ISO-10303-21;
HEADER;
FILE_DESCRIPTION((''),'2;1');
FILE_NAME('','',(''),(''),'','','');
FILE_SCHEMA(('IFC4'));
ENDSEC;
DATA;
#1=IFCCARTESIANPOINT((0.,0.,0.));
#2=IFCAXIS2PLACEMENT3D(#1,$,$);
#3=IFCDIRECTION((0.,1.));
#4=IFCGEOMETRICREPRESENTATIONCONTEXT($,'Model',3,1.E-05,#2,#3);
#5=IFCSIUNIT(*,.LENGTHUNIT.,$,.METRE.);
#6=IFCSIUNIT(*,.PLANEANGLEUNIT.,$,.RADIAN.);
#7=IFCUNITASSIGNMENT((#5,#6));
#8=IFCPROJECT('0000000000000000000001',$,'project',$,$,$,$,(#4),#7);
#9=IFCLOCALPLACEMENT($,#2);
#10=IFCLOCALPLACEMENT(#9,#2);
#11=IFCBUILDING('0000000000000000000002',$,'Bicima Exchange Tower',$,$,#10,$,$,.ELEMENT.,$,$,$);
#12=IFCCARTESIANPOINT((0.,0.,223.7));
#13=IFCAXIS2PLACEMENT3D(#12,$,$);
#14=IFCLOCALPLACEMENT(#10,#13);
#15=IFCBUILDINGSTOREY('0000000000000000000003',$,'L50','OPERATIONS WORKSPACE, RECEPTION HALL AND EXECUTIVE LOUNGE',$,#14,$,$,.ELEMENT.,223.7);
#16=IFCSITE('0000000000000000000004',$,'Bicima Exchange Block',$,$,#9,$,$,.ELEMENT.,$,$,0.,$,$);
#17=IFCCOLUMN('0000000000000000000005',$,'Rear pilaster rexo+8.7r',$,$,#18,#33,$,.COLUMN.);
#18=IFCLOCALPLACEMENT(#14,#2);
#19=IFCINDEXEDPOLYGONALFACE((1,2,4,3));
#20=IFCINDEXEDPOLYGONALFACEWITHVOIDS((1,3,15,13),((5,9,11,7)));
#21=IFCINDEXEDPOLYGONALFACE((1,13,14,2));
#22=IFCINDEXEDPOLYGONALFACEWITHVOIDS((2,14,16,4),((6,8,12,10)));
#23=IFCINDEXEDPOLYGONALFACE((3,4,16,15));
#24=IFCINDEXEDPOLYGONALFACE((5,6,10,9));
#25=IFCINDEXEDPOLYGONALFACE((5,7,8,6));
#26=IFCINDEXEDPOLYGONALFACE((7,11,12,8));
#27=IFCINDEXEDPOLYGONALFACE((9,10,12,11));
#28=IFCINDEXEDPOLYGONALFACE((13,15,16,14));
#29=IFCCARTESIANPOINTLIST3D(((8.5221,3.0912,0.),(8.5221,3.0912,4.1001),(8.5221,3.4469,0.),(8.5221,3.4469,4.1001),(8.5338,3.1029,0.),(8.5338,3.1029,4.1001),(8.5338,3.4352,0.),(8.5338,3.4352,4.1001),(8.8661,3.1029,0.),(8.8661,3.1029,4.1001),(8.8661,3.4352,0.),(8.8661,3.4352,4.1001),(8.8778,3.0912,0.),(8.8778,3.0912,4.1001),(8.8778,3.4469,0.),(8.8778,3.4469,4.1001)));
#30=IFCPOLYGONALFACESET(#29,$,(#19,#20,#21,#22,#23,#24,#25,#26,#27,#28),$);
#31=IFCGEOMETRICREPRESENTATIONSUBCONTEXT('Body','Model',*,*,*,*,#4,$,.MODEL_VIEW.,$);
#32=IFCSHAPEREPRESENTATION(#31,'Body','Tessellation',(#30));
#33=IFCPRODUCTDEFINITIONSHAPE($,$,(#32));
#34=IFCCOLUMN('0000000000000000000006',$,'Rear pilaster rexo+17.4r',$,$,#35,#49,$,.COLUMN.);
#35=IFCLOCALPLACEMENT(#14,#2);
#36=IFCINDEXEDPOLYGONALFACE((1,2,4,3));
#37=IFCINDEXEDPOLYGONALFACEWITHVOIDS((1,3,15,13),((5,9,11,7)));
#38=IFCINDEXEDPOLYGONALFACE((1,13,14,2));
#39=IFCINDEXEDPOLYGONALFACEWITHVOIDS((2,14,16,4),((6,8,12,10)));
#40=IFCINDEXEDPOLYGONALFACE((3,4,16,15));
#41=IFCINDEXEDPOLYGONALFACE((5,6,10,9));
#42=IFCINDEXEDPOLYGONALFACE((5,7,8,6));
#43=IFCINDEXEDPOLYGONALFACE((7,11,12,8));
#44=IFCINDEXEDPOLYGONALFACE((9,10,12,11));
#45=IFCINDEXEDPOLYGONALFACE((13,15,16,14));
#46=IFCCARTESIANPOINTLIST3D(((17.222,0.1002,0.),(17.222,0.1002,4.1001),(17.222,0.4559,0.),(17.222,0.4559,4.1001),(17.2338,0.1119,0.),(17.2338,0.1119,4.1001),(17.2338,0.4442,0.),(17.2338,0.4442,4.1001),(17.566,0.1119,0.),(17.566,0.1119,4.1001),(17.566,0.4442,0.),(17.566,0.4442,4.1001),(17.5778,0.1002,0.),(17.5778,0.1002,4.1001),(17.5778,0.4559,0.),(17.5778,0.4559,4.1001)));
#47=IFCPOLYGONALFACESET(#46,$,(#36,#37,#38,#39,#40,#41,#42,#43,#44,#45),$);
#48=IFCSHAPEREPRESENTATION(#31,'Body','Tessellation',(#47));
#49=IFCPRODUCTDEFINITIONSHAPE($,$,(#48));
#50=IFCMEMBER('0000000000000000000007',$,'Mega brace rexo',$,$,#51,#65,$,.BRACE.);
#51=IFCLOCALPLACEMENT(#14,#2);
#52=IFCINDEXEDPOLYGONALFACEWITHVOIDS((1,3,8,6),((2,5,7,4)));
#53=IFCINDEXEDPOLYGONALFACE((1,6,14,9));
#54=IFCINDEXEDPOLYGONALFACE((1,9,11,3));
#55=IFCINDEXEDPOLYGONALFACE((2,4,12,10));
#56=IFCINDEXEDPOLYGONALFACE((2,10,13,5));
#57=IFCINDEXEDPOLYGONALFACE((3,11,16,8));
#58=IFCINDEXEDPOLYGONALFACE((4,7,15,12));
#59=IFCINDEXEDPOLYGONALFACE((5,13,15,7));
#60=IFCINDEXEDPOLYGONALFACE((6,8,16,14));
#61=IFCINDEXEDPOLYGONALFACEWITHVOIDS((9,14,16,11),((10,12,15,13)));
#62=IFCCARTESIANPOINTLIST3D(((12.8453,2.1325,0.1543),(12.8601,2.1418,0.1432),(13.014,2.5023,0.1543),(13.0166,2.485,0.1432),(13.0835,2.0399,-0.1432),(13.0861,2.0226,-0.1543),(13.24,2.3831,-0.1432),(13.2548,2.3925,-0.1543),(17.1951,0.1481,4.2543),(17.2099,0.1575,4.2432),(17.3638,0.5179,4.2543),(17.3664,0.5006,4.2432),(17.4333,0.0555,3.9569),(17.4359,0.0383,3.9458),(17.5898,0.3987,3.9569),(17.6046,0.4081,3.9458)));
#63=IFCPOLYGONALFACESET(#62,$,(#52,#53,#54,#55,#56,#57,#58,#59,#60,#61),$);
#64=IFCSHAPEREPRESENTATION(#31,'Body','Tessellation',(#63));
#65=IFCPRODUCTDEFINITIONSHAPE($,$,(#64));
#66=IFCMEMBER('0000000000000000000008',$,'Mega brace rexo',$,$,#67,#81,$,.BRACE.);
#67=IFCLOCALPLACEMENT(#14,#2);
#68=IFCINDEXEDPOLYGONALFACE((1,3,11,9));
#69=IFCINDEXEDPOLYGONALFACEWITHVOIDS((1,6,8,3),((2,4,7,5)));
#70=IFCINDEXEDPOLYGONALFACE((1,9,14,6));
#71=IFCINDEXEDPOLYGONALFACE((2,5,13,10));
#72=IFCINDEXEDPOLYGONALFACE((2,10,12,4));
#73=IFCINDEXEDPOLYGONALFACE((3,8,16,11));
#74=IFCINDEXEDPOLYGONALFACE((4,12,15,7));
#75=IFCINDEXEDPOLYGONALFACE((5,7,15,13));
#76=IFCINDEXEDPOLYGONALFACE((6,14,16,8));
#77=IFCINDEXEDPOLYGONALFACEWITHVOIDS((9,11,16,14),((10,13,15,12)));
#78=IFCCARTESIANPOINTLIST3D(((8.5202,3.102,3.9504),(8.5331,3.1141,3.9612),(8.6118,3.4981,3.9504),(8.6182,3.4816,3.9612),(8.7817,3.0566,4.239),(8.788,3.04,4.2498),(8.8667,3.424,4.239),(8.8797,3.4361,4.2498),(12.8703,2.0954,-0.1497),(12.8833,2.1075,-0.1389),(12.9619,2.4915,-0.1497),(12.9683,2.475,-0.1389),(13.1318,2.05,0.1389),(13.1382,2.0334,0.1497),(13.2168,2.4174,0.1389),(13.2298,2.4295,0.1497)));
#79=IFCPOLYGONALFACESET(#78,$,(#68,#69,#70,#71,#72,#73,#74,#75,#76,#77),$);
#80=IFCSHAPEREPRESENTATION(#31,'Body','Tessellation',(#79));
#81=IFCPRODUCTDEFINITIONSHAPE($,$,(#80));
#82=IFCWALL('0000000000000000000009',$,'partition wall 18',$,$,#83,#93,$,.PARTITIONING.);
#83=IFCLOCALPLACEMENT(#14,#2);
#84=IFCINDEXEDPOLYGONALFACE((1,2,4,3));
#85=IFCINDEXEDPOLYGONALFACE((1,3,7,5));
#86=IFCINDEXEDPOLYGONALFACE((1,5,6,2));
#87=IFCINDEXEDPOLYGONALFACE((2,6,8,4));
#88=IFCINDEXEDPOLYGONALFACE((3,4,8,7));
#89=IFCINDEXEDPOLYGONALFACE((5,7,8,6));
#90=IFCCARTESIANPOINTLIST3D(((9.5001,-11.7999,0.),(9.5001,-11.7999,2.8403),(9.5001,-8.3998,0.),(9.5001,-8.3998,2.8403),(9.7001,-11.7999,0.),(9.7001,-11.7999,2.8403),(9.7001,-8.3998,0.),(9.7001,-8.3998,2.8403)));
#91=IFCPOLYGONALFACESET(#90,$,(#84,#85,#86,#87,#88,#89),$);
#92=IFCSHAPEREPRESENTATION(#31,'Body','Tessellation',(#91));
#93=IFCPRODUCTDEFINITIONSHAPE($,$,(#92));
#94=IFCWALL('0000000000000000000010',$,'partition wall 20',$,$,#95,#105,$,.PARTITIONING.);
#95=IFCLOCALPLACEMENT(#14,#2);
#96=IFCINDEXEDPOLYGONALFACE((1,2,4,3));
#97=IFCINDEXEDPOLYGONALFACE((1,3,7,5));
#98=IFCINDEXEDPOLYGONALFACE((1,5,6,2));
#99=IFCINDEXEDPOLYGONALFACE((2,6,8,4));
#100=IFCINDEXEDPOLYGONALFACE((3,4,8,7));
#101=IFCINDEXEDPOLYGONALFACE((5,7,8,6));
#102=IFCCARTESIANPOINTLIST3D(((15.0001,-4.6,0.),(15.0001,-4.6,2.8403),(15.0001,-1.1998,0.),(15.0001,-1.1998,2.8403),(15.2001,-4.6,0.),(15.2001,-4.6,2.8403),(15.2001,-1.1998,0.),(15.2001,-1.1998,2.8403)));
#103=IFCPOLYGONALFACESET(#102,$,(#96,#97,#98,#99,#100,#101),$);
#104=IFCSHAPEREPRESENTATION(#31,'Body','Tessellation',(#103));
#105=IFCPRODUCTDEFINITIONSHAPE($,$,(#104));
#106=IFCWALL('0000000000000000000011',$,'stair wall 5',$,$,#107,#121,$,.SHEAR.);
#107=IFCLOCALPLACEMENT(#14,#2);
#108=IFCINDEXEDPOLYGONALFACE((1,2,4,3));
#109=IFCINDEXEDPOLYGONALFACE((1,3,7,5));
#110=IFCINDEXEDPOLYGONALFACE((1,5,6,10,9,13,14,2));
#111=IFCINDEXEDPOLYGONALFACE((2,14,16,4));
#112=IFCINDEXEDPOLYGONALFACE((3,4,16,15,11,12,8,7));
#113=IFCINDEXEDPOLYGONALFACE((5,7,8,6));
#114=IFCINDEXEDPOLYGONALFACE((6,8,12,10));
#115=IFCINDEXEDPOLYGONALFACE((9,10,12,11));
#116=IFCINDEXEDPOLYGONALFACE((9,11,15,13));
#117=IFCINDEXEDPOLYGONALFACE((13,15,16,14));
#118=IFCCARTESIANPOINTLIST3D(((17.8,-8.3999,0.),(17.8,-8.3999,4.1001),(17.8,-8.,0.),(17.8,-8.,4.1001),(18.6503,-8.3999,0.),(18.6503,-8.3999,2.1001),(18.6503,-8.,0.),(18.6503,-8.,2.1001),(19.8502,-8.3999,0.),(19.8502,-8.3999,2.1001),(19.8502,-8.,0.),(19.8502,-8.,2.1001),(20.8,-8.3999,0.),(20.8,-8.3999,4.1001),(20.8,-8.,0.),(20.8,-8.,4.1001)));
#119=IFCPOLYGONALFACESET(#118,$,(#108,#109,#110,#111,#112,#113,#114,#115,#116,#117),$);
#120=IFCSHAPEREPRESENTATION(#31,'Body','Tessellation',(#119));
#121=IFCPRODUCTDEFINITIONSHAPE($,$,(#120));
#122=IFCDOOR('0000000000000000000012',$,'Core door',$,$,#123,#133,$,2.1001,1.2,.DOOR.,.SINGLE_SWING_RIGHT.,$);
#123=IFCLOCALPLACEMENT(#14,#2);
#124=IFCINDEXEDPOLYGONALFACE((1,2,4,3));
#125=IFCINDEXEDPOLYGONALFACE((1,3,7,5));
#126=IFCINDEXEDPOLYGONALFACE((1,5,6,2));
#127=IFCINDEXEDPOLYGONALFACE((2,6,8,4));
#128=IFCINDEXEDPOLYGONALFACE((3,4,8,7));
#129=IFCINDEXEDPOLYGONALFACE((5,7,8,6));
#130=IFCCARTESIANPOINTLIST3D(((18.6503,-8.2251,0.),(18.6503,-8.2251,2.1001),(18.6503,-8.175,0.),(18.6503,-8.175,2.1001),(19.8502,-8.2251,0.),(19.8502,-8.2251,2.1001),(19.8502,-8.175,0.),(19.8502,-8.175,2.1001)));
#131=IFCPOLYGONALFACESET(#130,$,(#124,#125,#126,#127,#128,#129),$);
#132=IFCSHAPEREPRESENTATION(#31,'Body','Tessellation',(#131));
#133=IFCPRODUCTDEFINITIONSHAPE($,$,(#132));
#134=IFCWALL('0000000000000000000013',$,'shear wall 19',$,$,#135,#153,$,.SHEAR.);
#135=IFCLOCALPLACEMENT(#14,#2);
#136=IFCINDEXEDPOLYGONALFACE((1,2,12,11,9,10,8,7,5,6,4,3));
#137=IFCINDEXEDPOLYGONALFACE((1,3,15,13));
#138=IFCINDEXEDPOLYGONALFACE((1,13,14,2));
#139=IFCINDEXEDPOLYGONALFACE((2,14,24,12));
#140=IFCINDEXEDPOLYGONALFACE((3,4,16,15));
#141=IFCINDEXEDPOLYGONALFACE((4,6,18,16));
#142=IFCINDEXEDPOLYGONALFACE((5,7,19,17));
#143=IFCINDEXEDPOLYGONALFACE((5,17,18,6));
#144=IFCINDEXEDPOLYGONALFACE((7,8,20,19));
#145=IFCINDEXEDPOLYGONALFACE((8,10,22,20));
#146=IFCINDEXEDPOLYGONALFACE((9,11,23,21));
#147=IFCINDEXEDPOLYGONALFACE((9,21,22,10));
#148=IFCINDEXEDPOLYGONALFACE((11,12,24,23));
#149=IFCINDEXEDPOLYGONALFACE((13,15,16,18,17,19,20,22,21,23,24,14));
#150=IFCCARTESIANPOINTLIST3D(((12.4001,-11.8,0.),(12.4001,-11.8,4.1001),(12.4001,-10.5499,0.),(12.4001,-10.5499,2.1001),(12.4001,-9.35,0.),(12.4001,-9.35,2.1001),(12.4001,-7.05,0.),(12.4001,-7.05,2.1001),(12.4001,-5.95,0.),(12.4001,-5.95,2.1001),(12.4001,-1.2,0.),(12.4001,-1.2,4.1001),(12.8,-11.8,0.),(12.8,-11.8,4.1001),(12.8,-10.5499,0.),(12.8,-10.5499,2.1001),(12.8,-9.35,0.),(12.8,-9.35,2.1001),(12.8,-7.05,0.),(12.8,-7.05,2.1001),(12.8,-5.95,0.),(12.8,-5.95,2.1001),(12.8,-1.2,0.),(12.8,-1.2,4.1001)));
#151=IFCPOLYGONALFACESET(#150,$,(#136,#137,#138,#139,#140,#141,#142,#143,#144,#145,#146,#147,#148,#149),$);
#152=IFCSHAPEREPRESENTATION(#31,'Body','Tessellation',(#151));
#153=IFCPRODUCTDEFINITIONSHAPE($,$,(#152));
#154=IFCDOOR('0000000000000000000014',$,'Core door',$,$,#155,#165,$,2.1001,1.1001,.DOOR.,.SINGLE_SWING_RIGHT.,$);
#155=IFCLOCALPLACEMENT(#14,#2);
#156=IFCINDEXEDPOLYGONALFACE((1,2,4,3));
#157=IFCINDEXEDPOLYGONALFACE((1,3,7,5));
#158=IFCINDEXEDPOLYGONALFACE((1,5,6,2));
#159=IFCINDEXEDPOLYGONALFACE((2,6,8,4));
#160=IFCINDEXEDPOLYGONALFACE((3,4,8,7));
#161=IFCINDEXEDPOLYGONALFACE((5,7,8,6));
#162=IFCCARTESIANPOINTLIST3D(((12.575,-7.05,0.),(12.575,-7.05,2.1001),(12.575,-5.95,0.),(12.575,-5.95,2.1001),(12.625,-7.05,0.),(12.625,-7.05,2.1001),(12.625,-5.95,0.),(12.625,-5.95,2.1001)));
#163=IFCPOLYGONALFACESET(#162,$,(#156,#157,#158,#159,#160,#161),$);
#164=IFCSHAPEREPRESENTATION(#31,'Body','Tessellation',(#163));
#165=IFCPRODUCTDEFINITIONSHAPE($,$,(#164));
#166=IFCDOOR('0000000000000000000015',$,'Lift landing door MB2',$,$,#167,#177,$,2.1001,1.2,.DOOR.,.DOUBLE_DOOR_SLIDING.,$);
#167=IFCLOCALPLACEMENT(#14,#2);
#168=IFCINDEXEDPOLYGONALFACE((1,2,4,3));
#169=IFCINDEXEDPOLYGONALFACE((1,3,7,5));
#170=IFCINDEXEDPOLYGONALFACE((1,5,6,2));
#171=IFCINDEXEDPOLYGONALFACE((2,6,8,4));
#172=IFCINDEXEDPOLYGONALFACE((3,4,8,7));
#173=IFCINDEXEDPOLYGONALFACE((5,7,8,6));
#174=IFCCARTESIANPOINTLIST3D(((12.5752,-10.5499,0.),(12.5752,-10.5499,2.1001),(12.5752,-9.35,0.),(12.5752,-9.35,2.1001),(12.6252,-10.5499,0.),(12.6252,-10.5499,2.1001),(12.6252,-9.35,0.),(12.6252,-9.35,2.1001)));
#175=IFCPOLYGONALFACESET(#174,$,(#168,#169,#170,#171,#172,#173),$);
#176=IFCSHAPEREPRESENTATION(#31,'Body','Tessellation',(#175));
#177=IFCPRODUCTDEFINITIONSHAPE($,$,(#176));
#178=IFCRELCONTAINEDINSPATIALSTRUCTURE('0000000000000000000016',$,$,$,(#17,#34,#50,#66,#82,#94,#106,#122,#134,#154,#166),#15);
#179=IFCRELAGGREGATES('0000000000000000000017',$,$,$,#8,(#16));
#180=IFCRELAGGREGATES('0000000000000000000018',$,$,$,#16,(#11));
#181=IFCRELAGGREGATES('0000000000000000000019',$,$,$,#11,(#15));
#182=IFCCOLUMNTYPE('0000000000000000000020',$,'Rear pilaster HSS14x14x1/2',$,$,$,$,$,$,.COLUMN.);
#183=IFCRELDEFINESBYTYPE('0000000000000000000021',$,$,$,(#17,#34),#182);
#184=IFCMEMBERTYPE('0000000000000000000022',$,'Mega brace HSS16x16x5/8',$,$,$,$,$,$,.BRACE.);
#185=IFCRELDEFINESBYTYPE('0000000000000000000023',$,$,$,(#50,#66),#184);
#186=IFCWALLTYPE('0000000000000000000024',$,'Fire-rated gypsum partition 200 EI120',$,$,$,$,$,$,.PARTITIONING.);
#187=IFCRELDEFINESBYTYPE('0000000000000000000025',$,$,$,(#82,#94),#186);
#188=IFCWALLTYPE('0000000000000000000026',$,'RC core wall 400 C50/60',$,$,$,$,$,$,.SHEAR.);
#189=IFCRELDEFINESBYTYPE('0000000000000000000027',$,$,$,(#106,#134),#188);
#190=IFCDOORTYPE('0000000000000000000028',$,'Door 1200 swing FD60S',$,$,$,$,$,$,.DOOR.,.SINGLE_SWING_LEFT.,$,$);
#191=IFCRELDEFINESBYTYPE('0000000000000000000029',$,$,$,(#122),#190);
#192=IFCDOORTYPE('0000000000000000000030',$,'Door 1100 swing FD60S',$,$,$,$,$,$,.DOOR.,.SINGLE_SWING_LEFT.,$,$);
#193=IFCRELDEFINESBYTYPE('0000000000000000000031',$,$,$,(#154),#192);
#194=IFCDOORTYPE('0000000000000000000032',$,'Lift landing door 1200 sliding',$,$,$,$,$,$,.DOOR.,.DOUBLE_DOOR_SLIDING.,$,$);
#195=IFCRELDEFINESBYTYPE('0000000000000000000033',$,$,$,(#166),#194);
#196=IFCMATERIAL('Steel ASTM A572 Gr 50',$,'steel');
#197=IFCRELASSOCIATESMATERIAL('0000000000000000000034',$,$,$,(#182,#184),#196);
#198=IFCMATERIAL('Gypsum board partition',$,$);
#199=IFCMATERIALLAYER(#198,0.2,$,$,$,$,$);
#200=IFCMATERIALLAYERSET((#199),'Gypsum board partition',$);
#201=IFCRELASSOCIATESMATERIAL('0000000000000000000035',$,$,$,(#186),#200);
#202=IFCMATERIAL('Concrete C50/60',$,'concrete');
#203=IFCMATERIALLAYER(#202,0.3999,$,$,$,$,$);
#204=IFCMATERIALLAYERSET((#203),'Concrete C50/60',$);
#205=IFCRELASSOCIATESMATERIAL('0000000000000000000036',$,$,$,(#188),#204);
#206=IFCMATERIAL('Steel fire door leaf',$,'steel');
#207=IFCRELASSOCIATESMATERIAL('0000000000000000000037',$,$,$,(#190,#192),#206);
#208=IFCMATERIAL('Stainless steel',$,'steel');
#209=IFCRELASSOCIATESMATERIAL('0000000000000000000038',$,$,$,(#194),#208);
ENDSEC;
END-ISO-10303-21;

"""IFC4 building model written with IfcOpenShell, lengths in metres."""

from ifc_helpers import new_model, si_unit, direction, frame, frame_2d, origin, origin_2d, place, context, subcontext, project, spatial, rectangle, hollow_rectangle, extrude, material, layer, layer_set, material_profile, profile_set, type_object, element, fill, save


model = new_model("IFC4")

# Units and contexts
model_context = context("Model", 3, precision=1e-05, world=origin(), true_north=direction((0.0, 1.0)))
body_context = subcontext(model_context, "Body", "Model", "MODEL_VIEW")
ifc_project = project(units=[si_unit("LENGTHUNIT", "METRE"), si_unit("PLANEANGLEUNIT", "RADIAN")], contexts=[model_context])

# Site, building, storey
site_placement = place(None, origin())
site = spatial("IfcSite", under=ifc_project, at=site_placement, Name="Bicima Exchange Block", CompositionType="ELEMENT", RefElevation=0.0)
building_placement = place(site_placement, origin())
building = spatial("IfcBuilding", under=site, at=building_placement, Name="Bicima Exchange Tower", CompositionType="ELEMENT")
storey_placement = place(building_placement, frame((0.0, 0.0, 223.7)))
storey = spatial("IfcBuildingStorey", under=building, at=storey_placement, Name="L50", Description="OPERATIONS WORKSPACE, RECEPTION HALL AND EXECUTIVE LOUNGE", CompositionType="ELEMENT", Elevation=223.7)

# Columns
ifc_material_1 = material(Name="Steel ASTM A572 Gr 50", Category="steel")
ifc_material_profile_1 = material_profile(ifc_material_1, hollow_rectangle(XDim=0.3557, YDim=0.3557, WallThickness=0.0117, at=origin_2d()))
ifc_profile_set_1 = profile_set([ifc_material_profile_1], Name="Steel ASTM A572 Gr 50")
column_type = type_object("IfcColumnType", Name="Rear pilaster HSS14x14x1/2", PredefinedType="COLUMN", material=ifc_profile_set_1)
for number, where, z_axis, x_axis, name in (
    (1, (8.7, 3.269, 0.0), (0.0, 0.0, 1.0), (1.0, 0.0, 0.0), "Rear pilaster rexo+8.7r"),
    (2, (17.3999, 0.2781, 0.0), (0.0, 0.0, 1.0), (1.0, 0.0, 0.0), "Rear pilaster rexo+17.4r"),
):
    element("IfcColumn", number, at=place(storey_placement, frame(where, z_axis=z_axis, x_axis=x_axis)), inside=storey, type_object=column_type, Name=name, PredefinedType="COLUMN", context=body_context, shape_type="SweptSolid", body=[
        extrude(hollow_rectangle(XDim=0.3557, YDim=0.3557, WallThickness=0.0117, at=origin_2d()), origin(), (0.0, 0.0, 1.0), 4.1001),
    ])

# Members
ifc_material_profile_2 = material_profile(ifc_material_1, hollow_rectangle(XDim=0.4065, YDim=0.4065, WallThickness=0.0146, at=origin_2d()))
ifc_profile_set_2 = profile_set([ifc_material_profile_2], Name="Steel ASTM A572 Gr 50")
member_type = type_object("IfcMemberType", Name="Mega brace HSS16x16x5/8", PredefinedType="BRACE", material=ifc_profile_set_2)
member_1_placement = place(storey_placement, frame((13.05, 2.2625, 0.0), z_axis=(0.690629, -0.31506, 0.650975), x_axis=(0.415045, 0.909801, 0.0)))
element("IfcMember", 3, at=member_1_placement, inside=storey, type_object=member_type, Name="Mega brace rexo", PredefinedType="BRACE", context=body_context, shape_type="SweptSolid", body=[
    extrude(hollow_rectangle(XDim=0.4065, YDim=0.4065, WallThickness=0.0146, at=origin_2d()), origin(), (0.0, 0.0, 1.0), 6.2983),
])
member_2_placement = place(storey_placement, frame((13.05, 2.2625, 0.0), z_axis=(-0.717606, 0.166051, 0.676365), x_axis=(-0.225439, -0.974257, 0.0)))
element("IfcMember", 4, at=member_2_placement, inside=storey, type_object=member_type, Name="Mega brace rexo", PredefinedType="BRACE", context=body_context, shape_type="SweptSolid", body=[
    extrude(hollow_rectangle(XDim=0.4065, YDim=0.4065, WallThickness=0.0146, at=origin_2d()), origin(), (0.0, 0.0, 1.0), 6.062),
])

# Walls
ifc_material_2 = material(Name="Gypsum board partition")
ifc_layer_1 = layer(ifc_material_2, 0.2)
ifc_layer_set_1 = layer_set([ifc_layer_1], Name="Gypsum board partition")
wall_type_1 = type_object("IfcWallType", Name="Fire-rated gypsum partition 200 EI120", PredefinedType="PARTITIONING", material=ifc_layer_set_1)
for number, where, z_axis, x_axis, name in (
    (5, (9.6001, -11.8, 0.0), (0.0, 0.0, 1.0), (0.0, 1.0, 0.0), "partition wall 18"),
    (6, (15.1001, -4.6001, 0.0), (0.0, 0.0, 1.0), (0.0, 1.0, 0.0), "partition wall 20"),
):
    element("IfcWall", number, at=place(storey_placement, frame(where, z_axis=z_axis, x_axis=x_axis)), inside=storey, type_object=wall_type_1, Name=name, PredefinedType="PARTITIONING", context=body_context, shape_type="SweptSolid", body=[
        extrude(rectangle(XDim=3.4001, YDim=0.2, at=frame_2d((1.7002, 0.0))), origin(), (0.0, 0.0, 1.0), 2.8403),
    ])

# Wall, opening, door
ifc_material_3 = material(Name="Concrete C50/60", Category="concrete")
ifc_layer_2 = layer(ifc_material_3, 0.3999)
ifc_layer_set_2 = layer_set([ifc_layer_2], Name="Concrete C50/60")
wall_type_2 = type_object("IfcWallType", Name="RC core wall 400 C50/60", PredefinedType="SHEAR", material=ifc_layer_set_2)
wall_1_placement = place(storey_placement, frame((17.8, -8.2, 0.0), z_axis=(0.0, 0.0, 1.0), x_axis=(1.0, 0.0, 0.0)))
wall_1 = element("IfcWall", 7, at=wall_1_placement, inside=storey, type_object=wall_type_2, Name="stair wall 5", PredefinedType="SHEAR", context=body_context, shape_type="SweptSolid", body=[
    extrude(rectangle(XDim=3.0, YDim=0.3999, at=frame_2d((1.5, 0.0))), origin(), (0.0, 0.0, 1.0), 4.1001),
])
opening_1_placement = place(wall_1_placement, frame((0.8501, 0.0, 0.0)))
opening_1 = element("IfcOpeningElement", 8, at=opening_1_placement, cuts=wall_1, PredefinedType="OPENING", context=body_context, shape_type="SweptSolid", body=[
    extrude(rectangle(XDim=1.2, YDim=2.1001, at=frame_2d((0.6001, 1.05))), frame((0.0, 0.2119, 0.0), z_axis=(0.0, -1.0, 0.0), x_axis=(1.0, 0.0, 0.0)), (0.0, 0.0, 1.0), 0.4238),
])
ifc_material_4 = material(Name="Steel fire door leaf", Category="steel")
door_type_1 = type_object("IfcDoorType", Name="Door 1200 swing FD60S", OperationType="SINGLE_SWING_LEFT", PredefinedType="DOOR", material=ifc_material_4)
door_1_placement = place(opening_1_placement, origin())
door_1 = element("IfcDoor", 9, at=door_1_placement, inside=storey, type_object=door_type_1, Name="Core door", OperationType="SINGLE_SWING_RIGHT", OverallHeight=2.1001, OverallWidth=1.2, PredefinedType="DOOR", context=body_context, shape_type="SweptSolid", body=[
    extrude(rectangle(XDim=1.2, YDim=2.1001, at=frame_2d((0.6001, 1.05))), frame((0.0, 0.0249, 0.0), z_axis=(0.0, -1.0, 0.0), x_axis=(1.0, 0.0, 0.0)), (0.0, 0.0, 1.0), 0.05),
])
fill(opening_1, door_1)

# Wall, openings, doors
wall_2_placement = place(storey_placement, frame((12.6001, -11.8, 0.0), z_axis=(0.0, 0.0, 1.0), x_axis=(0.0, 1.0, 0.0)))
wall_2 = element("IfcWall", 10, at=wall_2_placement, inside=storey, type_object=wall_type_2, Name="shear wall 19", PredefinedType="SHEAR", context=body_context, shape_type="SweptSolid", body=[
    extrude(rectangle(XDim=10.6001, YDim=0.3999, at=frame_2d((5.3, 0.0))), origin(), (0.0, 0.0, 1.0), 4.1001),
])
opening_2_placement = place(wall_2_placement, frame((1.25, 0.0, 0.0)))
opening_2 = element("IfcOpeningElement", 11, at=opening_2_placement, cuts=wall_2, PredefinedType="OPENING", context=body_context, shape_type="SweptSolid", body=[
    extrude(rectangle(XDim=1.2, YDim=2.1001, at=frame_2d((0.6001, 1.05))), frame((0.0, 0.2119, 0.0), z_axis=(0.0, -1.0, 0.0), x_axis=(1.0, 0.0, 0.0)), (0.0, 0.0, 1.0), 0.4238),
])
opening_3_placement = place(wall_2_placement, frame((4.75, 0.0, 0.0)))
opening_3 = element("IfcOpeningElement", 12, at=opening_3_placement, cuts=wall_2, PredefinedType="OPENING", context=body_context, shape_type="SweptSolid", body=[
    extrude(rectangle(XDim=1.1001, YDim=2.1001, at=frame_2d((0.55, 1.05))), frame((0.0, 0.2119, 0.0), z_axis=(0.0, -1.0, 0.0), x_axis=(1.0, 0.0, 0.0)), (0.0, 0.0, 1.0), 0.4238),
])
door_type_2 = type_object("IfcDoorType", Name="Door 1100 swing FD60S", OperationType="SINGLE_SWING_LEFT", PredefinedType="DOOR", material=ifc_material_4)
door_2_placement = place(opening_3_placement, frame((1.1001, 0.0, 0.0), z_axis=(0.0, 0.0, 1.0), x_axis=(-1.0, 0.0, 0.0)))
door_2 = element("IfcDoor", 13, at=door_2_placement, inside=storey, type_object=door_type_2, Name="Core door", OperationType="SINGLE_SWING_RIGHT", OverallHeight=2.1001, OverallWidth=1.1001, PredefinedType="DOOR", context=body_context, shape_type="SweptSolid", body=[
    extrude(rectangle(XDim=1.1001, YDim=2.1001, at=frame_2d((0.55, 1.05))), frame((0.0, 0.0249, 0.0), z_axis=(0.0, -1.0, 0.0), x_axis=(1.0, 0.0, 0.0)), (0.0, 0.0, 1.0), 0.05),
])
fill(opening_3, door_2)
ifc_material_5 = material(Name="Stainless steel", Category="steel")
door_type_3 = type_object("IfcDoorType", Name="Lift landing door 1200 sliding", OperationType="DOUBLE_DOOR_SLIDING", PredefinedType="DOOR", material=ifc_material_5)
door_3_placement = place(opening_2_placement, origin())
door_3 = element("IfcDoor", 14, at=door_3_placement, inside=storey, type_object=door_type_3, Name="Lift landing door MB2", OperationType="DOUBLE_DOOR_SLIDING", OverallHeight=2.1001, OverallWidth=1.2, PredefinedType="DOOR", context=body_context, shape_type="SweptSolid", body=[
    extrude(rectangle(XDim=1.2, YDim=2.1001, at=frame_2d((0.6001, 1.05))), frame((0.0, 0.0249, 0.0), z_axis=(0.0, -1.0, 0.0), x_axis=(1.0, 0.0, 0.0)), (0.0, 0.0, 1.0), 0.05),
])
fill(opening_2, door_3)

save(model, "model.ifc")
